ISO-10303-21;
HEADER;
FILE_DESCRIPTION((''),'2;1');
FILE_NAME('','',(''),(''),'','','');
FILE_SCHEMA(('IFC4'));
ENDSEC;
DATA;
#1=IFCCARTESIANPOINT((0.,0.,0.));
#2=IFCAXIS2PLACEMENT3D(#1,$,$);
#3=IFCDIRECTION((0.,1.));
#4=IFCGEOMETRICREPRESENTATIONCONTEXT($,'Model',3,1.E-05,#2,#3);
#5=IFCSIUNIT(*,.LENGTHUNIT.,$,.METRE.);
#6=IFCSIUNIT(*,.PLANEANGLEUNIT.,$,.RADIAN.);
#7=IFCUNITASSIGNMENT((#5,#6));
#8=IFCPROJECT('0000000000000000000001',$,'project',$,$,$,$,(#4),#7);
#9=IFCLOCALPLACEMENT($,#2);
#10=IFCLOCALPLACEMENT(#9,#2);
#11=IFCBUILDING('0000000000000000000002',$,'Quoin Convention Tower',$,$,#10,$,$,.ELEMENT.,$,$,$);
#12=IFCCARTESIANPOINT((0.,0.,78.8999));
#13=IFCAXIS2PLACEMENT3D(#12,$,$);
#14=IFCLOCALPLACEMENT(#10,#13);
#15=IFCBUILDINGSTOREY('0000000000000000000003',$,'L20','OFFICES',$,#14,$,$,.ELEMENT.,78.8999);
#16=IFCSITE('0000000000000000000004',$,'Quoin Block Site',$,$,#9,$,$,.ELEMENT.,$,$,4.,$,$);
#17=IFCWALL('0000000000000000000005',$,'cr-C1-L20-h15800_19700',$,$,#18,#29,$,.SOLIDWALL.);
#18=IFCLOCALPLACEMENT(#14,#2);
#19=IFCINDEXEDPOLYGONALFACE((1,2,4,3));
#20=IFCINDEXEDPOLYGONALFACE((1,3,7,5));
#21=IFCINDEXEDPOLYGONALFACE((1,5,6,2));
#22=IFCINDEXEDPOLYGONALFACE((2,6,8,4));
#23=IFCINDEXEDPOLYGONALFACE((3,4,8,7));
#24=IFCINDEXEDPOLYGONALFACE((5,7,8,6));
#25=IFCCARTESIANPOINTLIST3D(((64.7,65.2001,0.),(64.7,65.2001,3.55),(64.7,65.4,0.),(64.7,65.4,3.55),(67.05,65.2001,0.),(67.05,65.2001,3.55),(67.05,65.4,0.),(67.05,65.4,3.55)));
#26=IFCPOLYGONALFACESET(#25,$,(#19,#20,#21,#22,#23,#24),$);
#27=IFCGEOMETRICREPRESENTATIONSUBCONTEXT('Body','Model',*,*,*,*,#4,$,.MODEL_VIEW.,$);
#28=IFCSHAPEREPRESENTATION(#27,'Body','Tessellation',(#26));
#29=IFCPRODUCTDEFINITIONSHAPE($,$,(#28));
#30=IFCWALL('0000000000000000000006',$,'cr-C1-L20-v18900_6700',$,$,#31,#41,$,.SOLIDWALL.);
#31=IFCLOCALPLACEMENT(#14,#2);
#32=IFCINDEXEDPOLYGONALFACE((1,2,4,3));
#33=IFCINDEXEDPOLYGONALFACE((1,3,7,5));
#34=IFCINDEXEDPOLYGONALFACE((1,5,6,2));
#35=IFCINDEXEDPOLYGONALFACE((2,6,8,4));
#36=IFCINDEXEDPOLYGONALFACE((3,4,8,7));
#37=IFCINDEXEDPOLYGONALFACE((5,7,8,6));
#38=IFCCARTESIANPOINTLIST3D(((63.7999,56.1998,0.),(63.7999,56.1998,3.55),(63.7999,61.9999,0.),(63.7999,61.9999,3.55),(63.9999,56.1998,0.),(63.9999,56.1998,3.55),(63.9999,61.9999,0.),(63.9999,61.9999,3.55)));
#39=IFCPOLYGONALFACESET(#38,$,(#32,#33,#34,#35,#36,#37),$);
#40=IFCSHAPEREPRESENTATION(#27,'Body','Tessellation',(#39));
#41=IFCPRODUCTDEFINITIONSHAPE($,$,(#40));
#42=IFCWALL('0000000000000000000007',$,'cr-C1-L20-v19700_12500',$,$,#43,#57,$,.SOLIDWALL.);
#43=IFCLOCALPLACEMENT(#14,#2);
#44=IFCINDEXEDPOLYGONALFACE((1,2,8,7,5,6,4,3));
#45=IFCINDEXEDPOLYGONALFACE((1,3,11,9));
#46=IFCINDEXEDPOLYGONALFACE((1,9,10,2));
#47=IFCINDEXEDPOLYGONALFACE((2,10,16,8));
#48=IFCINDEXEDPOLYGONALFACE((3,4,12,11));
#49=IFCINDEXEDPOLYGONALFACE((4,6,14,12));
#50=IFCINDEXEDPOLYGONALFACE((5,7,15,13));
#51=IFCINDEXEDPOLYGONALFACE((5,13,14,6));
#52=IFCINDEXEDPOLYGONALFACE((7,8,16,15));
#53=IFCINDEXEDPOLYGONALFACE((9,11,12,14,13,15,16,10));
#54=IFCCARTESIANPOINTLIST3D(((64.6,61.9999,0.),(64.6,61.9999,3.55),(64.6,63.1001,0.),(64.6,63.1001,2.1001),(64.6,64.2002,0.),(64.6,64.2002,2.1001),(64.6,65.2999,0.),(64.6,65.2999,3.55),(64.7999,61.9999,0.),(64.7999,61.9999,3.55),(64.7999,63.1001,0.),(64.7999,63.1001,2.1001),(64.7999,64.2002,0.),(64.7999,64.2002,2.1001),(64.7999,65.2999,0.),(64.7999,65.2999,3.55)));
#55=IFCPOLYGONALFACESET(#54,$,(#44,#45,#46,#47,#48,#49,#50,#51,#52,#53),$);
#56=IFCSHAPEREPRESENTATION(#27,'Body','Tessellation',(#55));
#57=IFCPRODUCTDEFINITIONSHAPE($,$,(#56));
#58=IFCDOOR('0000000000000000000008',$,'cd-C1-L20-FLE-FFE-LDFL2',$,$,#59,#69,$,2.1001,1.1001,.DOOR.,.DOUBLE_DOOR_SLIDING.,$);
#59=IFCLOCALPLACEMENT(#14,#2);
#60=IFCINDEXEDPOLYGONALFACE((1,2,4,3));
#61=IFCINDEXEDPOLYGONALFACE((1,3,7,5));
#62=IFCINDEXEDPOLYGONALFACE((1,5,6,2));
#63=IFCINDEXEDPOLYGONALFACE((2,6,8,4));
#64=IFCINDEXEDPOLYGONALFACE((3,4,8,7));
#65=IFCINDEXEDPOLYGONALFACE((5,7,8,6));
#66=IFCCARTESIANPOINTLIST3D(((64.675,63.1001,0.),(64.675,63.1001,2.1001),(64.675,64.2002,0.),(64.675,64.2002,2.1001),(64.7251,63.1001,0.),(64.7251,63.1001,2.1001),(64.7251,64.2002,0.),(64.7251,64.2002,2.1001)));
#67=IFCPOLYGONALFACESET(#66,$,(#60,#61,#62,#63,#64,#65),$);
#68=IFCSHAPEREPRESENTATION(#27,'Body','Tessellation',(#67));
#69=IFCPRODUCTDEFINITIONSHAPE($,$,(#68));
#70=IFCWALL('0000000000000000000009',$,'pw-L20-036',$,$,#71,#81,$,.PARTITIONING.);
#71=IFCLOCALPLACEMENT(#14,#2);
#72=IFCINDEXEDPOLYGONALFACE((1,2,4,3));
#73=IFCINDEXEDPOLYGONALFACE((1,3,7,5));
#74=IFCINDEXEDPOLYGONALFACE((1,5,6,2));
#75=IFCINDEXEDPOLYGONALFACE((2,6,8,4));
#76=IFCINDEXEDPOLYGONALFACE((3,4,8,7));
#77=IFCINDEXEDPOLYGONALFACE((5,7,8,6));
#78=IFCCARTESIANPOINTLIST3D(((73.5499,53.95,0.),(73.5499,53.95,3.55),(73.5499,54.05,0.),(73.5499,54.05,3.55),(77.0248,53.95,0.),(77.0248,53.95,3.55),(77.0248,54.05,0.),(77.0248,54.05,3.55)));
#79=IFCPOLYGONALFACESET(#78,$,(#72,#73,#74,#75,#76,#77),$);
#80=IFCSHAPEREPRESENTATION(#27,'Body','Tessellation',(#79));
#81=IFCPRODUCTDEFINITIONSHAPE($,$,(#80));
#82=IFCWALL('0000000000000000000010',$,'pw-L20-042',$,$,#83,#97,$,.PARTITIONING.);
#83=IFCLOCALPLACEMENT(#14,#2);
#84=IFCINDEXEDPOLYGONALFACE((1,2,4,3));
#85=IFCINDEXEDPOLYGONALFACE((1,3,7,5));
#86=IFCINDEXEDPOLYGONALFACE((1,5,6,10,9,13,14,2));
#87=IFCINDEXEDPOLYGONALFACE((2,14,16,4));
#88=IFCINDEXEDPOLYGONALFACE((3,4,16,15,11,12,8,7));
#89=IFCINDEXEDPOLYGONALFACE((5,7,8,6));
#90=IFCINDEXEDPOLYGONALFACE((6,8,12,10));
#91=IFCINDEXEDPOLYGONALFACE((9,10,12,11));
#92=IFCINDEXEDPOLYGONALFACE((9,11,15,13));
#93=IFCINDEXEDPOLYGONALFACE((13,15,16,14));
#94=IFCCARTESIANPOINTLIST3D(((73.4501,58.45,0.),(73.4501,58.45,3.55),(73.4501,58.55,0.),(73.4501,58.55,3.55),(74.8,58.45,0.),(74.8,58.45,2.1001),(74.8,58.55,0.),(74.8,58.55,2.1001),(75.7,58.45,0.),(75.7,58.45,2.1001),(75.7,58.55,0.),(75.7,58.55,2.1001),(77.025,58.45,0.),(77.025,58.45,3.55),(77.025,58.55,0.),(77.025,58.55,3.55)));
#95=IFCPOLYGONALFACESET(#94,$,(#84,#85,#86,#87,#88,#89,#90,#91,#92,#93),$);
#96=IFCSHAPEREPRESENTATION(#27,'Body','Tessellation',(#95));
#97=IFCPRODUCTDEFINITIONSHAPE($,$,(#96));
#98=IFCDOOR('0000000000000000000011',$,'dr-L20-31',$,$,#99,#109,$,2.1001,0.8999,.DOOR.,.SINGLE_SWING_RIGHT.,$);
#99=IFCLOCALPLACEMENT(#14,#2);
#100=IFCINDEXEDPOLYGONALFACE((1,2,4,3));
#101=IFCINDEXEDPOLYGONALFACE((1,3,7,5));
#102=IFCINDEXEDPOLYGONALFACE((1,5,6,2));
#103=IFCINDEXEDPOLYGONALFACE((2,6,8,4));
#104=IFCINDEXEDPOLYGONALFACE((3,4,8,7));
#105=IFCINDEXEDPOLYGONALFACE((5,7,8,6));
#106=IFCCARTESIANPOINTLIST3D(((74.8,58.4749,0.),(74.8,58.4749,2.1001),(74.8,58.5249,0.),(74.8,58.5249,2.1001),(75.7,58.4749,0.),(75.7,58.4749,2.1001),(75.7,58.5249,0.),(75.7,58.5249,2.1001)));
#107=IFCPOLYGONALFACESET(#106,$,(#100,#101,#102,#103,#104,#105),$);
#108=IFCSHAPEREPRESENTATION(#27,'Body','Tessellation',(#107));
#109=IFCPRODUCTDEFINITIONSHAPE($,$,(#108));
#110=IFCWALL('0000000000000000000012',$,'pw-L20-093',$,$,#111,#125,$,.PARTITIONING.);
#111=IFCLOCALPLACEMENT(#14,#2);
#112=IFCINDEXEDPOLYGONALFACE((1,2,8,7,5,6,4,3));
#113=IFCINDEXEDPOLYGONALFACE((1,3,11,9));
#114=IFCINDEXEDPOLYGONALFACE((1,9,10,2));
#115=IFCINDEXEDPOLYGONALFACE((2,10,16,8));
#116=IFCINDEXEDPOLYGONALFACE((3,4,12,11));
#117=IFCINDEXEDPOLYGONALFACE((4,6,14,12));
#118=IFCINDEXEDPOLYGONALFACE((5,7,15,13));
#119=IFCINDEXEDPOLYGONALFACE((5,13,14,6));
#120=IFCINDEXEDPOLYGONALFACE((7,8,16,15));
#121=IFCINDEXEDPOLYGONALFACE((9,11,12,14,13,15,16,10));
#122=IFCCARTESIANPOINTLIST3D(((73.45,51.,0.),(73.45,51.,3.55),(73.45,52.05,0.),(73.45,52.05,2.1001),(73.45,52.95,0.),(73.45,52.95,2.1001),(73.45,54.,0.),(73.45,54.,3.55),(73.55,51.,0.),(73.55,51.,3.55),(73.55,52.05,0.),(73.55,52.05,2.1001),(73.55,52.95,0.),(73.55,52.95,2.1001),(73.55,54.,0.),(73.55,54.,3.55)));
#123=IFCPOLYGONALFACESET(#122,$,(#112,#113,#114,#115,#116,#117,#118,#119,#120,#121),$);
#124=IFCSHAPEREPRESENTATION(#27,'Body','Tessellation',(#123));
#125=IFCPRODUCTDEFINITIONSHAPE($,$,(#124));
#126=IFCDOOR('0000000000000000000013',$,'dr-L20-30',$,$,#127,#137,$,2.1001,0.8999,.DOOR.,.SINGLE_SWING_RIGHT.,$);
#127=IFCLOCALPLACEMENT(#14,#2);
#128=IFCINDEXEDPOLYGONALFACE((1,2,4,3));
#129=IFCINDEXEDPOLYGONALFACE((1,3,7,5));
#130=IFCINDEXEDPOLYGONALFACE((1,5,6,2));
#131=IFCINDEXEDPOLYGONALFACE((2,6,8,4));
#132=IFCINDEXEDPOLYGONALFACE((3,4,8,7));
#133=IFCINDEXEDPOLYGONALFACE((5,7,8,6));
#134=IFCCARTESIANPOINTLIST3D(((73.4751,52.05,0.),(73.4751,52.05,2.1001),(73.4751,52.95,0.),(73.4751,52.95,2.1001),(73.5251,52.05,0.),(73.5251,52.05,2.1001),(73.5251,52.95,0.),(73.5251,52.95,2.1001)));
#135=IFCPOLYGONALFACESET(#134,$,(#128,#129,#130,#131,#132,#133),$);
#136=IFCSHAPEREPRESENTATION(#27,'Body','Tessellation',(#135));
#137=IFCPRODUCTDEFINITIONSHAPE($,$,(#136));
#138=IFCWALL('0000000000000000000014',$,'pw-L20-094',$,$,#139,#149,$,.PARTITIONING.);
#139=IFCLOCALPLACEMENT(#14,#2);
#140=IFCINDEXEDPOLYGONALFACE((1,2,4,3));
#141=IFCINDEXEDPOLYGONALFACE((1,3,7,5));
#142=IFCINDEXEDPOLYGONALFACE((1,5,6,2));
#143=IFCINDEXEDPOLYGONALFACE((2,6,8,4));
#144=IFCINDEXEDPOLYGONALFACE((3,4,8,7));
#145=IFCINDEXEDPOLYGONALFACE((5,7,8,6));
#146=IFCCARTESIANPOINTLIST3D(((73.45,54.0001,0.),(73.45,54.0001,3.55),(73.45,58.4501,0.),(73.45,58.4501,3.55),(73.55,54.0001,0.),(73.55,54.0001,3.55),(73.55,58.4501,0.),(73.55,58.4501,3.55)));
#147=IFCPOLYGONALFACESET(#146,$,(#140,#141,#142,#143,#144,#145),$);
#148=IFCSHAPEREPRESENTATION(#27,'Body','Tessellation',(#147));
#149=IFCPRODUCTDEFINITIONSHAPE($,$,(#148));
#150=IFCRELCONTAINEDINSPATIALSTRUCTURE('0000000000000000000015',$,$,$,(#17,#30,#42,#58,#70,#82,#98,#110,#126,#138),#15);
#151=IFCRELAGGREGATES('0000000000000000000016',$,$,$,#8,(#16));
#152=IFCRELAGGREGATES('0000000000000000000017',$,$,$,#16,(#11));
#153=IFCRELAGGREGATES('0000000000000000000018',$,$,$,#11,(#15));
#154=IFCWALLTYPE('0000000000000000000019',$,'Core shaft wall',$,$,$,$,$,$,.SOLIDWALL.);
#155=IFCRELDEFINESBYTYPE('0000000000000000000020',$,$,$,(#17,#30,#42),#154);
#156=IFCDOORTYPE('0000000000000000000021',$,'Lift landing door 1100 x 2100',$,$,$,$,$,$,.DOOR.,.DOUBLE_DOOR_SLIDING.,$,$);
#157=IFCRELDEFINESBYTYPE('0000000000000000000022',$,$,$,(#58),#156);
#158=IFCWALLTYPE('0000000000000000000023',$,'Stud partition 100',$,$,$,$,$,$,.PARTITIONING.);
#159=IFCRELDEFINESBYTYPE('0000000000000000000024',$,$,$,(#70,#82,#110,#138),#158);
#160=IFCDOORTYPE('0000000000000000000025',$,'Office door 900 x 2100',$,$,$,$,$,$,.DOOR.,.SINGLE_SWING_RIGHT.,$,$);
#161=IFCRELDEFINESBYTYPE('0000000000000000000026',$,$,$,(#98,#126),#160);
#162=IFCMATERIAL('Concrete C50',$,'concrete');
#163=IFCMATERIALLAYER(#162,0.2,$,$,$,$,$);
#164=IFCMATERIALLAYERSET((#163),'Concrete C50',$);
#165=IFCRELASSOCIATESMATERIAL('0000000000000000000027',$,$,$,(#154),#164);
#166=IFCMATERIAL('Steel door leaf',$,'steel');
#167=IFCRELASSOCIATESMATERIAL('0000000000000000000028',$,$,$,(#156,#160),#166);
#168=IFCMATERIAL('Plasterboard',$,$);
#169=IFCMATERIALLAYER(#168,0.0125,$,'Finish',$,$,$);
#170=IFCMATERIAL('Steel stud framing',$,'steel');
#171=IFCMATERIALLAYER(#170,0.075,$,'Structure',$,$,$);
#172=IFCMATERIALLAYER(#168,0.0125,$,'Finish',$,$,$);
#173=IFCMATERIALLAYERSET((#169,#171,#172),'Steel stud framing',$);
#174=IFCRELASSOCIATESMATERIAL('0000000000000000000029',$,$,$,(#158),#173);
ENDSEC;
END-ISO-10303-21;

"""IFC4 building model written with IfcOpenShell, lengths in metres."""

from ifc_helpers import new_model, si_unit, direction, frame, frame_2d, origin, place, context, subcontext, project, spatial, rectangle, extrude, material, layer, layer_set, type_object, element, fill, save


model = new_model("IFC4")

# Units and contexts
model_context = context("Model", 3, precision=1e-05, world=origin(), true_north=direction((0.0, 1.0)))
body_context = subcontext(model_context, "Body", "Model", "MODEL_VIEW")
ifc_project = project(units=[si_unit("LENGTHUNIT", "METRE"), si_unit("PLANEANGLEUNIT", "RADIAN")], contexts=[model_context])

# Site, building, storey
site_placement = place(None, origin())
site = spatial("IfcSite", under=ifc_project, at=site_placement, Name="Quoin Block Site", CompositionType="ELEMENT", RefElevation=4.0)
building_placement = place(site_placement, origin())
building = spatial("IfcBuilding", under=site, at=building_placement, Name="Quoin Convention Tower", CompositionType="ELEMENT")
storey_placement = place(building_placement, frame((0.0, 0.0, 78.8999)))
storey = spatial("IfcBuildingStorey", under=building, at=storey_placement, Name="L20", Description="OFFICES", CompositionType="ELEMENT", Elevation=78.8999)

# Walls
ifc_material_1 = material(Name="Concrete C50", Category="concrete")
ifc_layer_1 = layer(ifc_material_1, 0.2)
ifc_layer_set_1 = layer_set([ifc_layer_1], Name="Concrete C50")
wall_type_1 = type_object("IfcWallType", Name="Core shaft wall", PredefinedType="SOLIDWALL", material=ifc_layer_set_1)
wall_1_placement = place(storey_placement, frame((64.7, 65.3, 0.0), z_axis=(0.0, 0.0, 1.0), x_axis=(1.0, 0.0, 0.0)))
element("IfcWall", 1, at=wall_1_placement, inside=storey, type_object=wall_type_1, Name="cr-C1-L20-h15800_19700", PredefinedType="SOLIDWALL", context=body_context, shape_type="SweptSolid", body=[
    extrude(rectangle(XDim=2.3501, YDim=0.2, at=frame_2d((1.175, 0.0))), origin(), (0.0, 0.0, 1.0), 3.55),
])
wall_2_placement = place(storey_placement, frame((63.8999, 56.2, 0.0), z_axis=(0.0, 0.0, 1.0), x_axis=(0.0, 1.0, 0.0)))
element("IfcWall", 2, at=wall_2_placement, inside=storey, type_object=wall_type_1, Name="cr-C1-L20-v18900_6700", PredefinedType="SOLIDWALL", context=body_context, shape_type="SweptSolid", body=[
    extrude(rectangle(XDim=5.8, YDim=0.2, at=frame_2d((2.8999, 0.0))), origin(), (0.0, 0.0, 1.0), 3.55),
])

# Wall, opening, door
wall_3_placement = place(storey_placement, frame((64.7, 62.0, 0.0), z_axis=(0.0, 0.0, 1.0), x_axis=(0.0, 1.0, 0.0)))
wall_3 = element("IfcWall", 3, at=wall_3_placement, inside=storey, type_object=wall_type_1, Name="cr-C1-L20-v19700_12500", PredefinedType="SOLIDWALL", context=body_context, shape_type="SweptSolid", body=[
    extrude(rectangle(XDim=3.3, YDim=0.2, at=frame_2d((1.6499, 0.0))), origin(), (0.0, 0.0, 1.0), 3.55),
])
opening_1_placement = place(wall_3_placement, frame((1.1001, 0.0, 0.0)))
opening_1 = element("IfcOpeningElement", 4, at=opening_1_placement, cuts=wall_3, PredefinedType="OPENING", context=body_context, shape_type="SweptSolid", body=[
    extrude(rectangle(XDim=1.1001, YDim=2.1001, at=frame_2d((0.55, 1.05))), frame((0.0, 0.1099, 0.0), z_axis=(0.0, -1.0, 0.0), x_axis=(1.0, 0.0, 0.0)), (0.0, 0.0, 1.0), 0.22),
])
ifc_material_2 = material(Name="Steel door leaf", Category="steel")
door_type_1 = type_object("IfcDoorType", Name="Lift landing door 1100 x 2100", OperationType="DOUBLE_DOOR_SLIDING", PredefinedType="DOOR", material=ifc_material_2)
door_1_placement = place(opening_1_placement, origin())
door_1 = element("IfcDoor", 5, at=door_1_placement, inside=storey, type_object=door_type_1, Name="cd-C1-L20-FLE-FFE-LDFL2", OperationType="DOUBLE_DOOR_SLIDING", OverallHeight=2.1001, OverallWidth=1.1001, PredefinedType="DOOR", context=body_context, shape_type="SweptSolid", body=[
    extrude(rectangle(XDim=1.1001, YDim=2.1001, at=frame_2d((0.55, 1.05))), frame((0.0, 0.0249, 0.0), z_axis=(0.0, -1.0, 0.0), x_axis=(1.0, 0.0, 0.0)), (0.0, 0.0, 1.0), 0.05),
])
fill(opening_1, door_1)

# Wall
ifc_material_3 = material(Name="Plasterboard")
ifc_layer_2 = layer(ifc_material_3, 0.0125, Name="Finish")
ifc_material_4 = material(Name="Steel stud framing", Category="steel")
ifc_layer_3 = layer(ifc_material_4, 0.075, Name="Structure")
ifc_layer_4 = layer(ifc_material_3, 0.0125, Name="Finish")
ifc_layer_set_2 = layer_set([ifc_layer_2, ifc_layer_3, ifc_layer_4], Name="Steel stud framing")
wall_type_2 = type_object("IfcWallType", Name="Stud partition 100", PredefinedType="PARTITIONING", material=ifc_layer_set_2)
wall_4_placement = place(storey_placement, frame((73.55, 54.0, 0.0), z_axis=(0.0, 0.0, 1.0), x_axis=(1.0, 0.0, 0.0)))
element("IfcWall", 6, at=wall_4_placement, inside=storey, type_object=wall_type_2, Name="pw-L20-036", PredefinedType="PARTITIONING", context=body_context, shape_type="SweptSolid", body=[
    extrude(rectangle(XDim=3.4749, YDim=0.1001, at=frame_2d((1.7373, 0.0))), origin(), (0.0, 0.0, 1.0), 3.55),
])

# Walls, openings, doors
wall_5_placement = place(storey_placement, frame((73.45, 58.5, 0.0), z_axis=(0.0, 0.0, 1.0), x_axis=(1.0, 0.0, 0.0)))
wall_5 = element("IfcWall", 7, at=wall_5_placement, inside=storey, type_object=wall_type_2, Name="pw-L20-042", PredefinedType="PARTITIONING", context=body_context, shape_type="SweptSolid", body=[
    extrude(rectangle(XDim=3.575, YDim=0.1001, at=frame_2d((1.7876, 0.0))), origin(), (0.0, 0.0, 1.0), 3.55),
])
opening_2_placement = place(wall_5_placement, frame((1.3501, 0.0, 0.0)))
opening_2 = element("IfcOpeningElement", 8, at=opening_2_placement, cuts=wall_5, PredefinedType="OPENING", context=body_context, shape_type="SweptSolid", body=[
    extrude(rectangle(XDim=0.8999, YDim=2.1001, at=frame_2d((0.45, 1.05))), frame((0.0, 0.0601, 0.0), z_axis=(0.0, -1.0, 0.0), x_axis=(1.0, 0.0, 0.0)), (0.0, 0.0, 1.0), 0.1201),
])
door_type_2 = type_object("IfcDoorType", Name="Office door 900 x 2100", OperationType="SINGLE_SWING_RIGHT", PredefinedType="DOOR", material=ifc_material_2)
door_2_placement = place(opening_2_placement, origin())
door_2 = element("IfcDoor", 9, at=door_2_placement, inside=storey, type_object=door_type_2, Name="dr-L20-31", OperationType="SINGLE_SWING_RIGHT", OverallHeight=2.1001, OverallWidth=0.8999, PredefinedType="DOOR", context=body_context, shape_type="SweptSolid", body=[
    extrude(rectangle(XDim=0.8999, YDim=2.1001, at=frame_2d((0.45, 1.05))), frame((0.0, 0.0249, 0.0), z_axis=(0.0, -1.0, 0.0), x_axis=(1.0, 0.0, 0.0)), (0.0, 0.0, 1.0), 0.05),
])
fill(opening_2, door_2)
wall_6_placement = place(storey_placement, frame((73.5, 51.0, 0.0), z_axis=(0.0, 0.0, 1.0), x_axis=(0.0, 1.0, 0.0)))
wall_6 = element("IfcWall", 10, at=wall_6_placement, inside=storey, type_object=wall_type_2, Name="pw-L20-093", PredefinedType="PARTITIONING", context=body_context, shape_type="SweptSolid", body=[
    extrude(rectangle(XDim=3.0, YDim=0.1001, at=frame_2d((1.5, 0.0))), origin(), (0.0, 0.0, 1.0), 3.55),
])
opening_3_placement = place(wall_6_placement, frame((1.05, 0.0, 0.0)))
opening_3 = element("IfcOpeningElement", 11, at=opening_3_placement, cuts=wall_6, PredefinedType="OPENING", context=body_context, shape_type="SweptSolid", body=[
    extrude(rectangle(XDim=0.8999, YDim=2.1001, at=frame_2d((0.45, 1.05))), frame((0.0, 0.0601, 0.0), z_axis=(0.0, -1.0, 0.0), x_axis=(1.0, 0.0, 0.0)), (0.0, 0.0, 1.0), 0.1201),
])
door_3_placement = place(opening_3_placement, origin())
door_3 = element("IfcDoor", 12, at=door_3_placement, inside=storey, type_object=door_type_2, Name="dr-L20-30", OperationType="SINGLE_SWING_RIGHT", OverallHeight=2.1001, OverallWidth=0.8999, PredefinedType="DOOR", context=body_context, shape_type="SweptSolid", body=[
    extrude(rectangle(XDim=0.8999, YDim=2.1001, at=frame_2d((0.45, 1.05))), frame((0.0, 0.0249, 0.0), z_axis=(0.0, -1.0, 0.0), x_axis=(1.0, 0.0, 0.0)), (0.0, 0.0, 1.0), 0.05),
])
fill(opening_3, door_3)

# Wall
wall_7_placement = place(storey_placement, frame((73.5, 54.0, 0.0), z_axis=(0.0, 0.0, 1.0), x_axis=(0.0, 1.0, 0.0)))
element("IfcWall", 13, at=wall_7_placement, inside=storey, type_object=wall_type_2, Name="pw-L20-094", PredefinedType="PARTITIONING", context=body_context, shape_type="SweptSolid", body=[
    extrude(rectangle(XDim=4.45, YDim=0.1001, at=frame_2d((2.2251, 0.0))), origin(), (0.0, 0.0, 1.0), 3.55),
])

save(model, "model.ifc")
